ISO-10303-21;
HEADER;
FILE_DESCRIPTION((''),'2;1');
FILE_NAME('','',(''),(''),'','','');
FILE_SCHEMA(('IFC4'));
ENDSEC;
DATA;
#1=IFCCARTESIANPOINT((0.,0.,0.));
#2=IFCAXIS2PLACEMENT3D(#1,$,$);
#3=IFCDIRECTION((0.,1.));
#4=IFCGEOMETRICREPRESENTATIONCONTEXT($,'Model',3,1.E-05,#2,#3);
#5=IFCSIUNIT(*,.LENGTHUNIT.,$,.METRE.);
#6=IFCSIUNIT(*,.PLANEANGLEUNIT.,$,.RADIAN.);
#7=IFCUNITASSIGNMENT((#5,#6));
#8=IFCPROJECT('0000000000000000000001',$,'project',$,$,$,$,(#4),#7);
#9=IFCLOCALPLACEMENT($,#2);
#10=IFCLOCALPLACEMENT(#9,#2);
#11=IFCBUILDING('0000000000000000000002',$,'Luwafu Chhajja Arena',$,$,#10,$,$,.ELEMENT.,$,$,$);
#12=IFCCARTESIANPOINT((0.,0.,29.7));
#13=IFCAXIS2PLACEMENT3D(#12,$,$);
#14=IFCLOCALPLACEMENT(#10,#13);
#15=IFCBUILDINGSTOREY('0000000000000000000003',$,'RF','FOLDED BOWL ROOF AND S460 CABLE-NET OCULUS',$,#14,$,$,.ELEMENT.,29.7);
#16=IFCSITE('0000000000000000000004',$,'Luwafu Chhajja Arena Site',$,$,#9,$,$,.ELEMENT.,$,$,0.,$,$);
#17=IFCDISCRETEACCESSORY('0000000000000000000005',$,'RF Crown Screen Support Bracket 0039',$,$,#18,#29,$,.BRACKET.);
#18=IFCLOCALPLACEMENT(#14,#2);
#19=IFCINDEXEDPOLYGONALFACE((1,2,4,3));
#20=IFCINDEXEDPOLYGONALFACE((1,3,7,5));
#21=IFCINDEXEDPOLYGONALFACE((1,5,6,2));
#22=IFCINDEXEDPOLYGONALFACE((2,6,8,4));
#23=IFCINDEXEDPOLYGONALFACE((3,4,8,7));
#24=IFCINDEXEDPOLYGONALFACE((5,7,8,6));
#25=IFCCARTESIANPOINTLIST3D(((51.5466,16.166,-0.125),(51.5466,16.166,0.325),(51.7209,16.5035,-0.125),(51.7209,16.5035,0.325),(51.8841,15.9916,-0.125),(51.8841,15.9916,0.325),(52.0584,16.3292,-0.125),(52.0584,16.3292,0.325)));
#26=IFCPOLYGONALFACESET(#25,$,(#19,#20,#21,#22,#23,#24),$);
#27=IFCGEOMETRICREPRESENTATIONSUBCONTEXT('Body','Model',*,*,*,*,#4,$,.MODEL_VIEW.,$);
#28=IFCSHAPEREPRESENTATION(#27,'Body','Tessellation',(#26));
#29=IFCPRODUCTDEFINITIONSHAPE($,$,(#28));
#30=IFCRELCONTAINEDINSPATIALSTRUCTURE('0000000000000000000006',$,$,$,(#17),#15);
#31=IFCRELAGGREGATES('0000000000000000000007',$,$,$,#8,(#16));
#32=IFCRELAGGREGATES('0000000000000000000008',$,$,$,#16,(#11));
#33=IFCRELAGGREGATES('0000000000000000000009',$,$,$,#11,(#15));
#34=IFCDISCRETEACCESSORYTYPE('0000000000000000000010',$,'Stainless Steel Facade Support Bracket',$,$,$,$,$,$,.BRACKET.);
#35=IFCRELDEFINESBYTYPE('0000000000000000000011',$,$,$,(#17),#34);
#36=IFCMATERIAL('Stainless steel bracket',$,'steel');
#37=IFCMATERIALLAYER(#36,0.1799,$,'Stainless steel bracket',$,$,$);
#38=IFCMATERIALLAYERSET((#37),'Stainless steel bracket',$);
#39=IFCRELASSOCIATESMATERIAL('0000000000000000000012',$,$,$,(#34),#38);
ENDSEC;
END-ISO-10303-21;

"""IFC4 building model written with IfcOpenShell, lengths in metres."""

from ifc_helpers import new_model, si_unit, direction, frame, origin, origin_2d, place, context, subcontext, project, spatial, rectangle, extrude, material, layer, layer_set, type_object, element, save


model = new_model("IFC4")

# Units and contexts
model_context = context("Model", 3, precision=1e-05, world=origin(), true_north=direction((0.0, 1.0)))
body_context = subcontext(model_context, "Body", "Model", "MODEL_VIEW")
ifc_project = project(units=[si_unit("LENGTHUNIT", "METRE"), si_unit("PLANEANGLEUNIT", "RADIAN")], contexts=[model_context])

# Site, building, storey
site_placement = place(None, origin())
site = spatial("IfcSite", under=ifc_project, at=site_placement, Name="Luwafu Chhajja Arena Site", CompositionType="ELEMENT", RefElevation=0.0)
building_placement = place(site_placement, origin())
building = spatial("IfcBuilding", under=site, at=building_placement, Name="Luwafu Chhajja Arena", CompositionType="ELEMENT")
storey_placement = place(building_placement, frame((0.0, 0.0, 29.7)))
storey = spatial("IfcBuildingStorey", under=building, at=storey_placement, Name="RF", Description="FOLDED BOWL ROOF AND S460 CABLE-NET OCULUS", CompositionType="ELEMENT", Elevation=29.7)

# Discrete accessory
ifc_material_1 = material(Name="Stainless steel bracket", Category="steel")
ifc_layer_1 = layer(ifc_material_1, 0.1799, Name="Stainless steel bracket")
ifc_layer_set_1 = layer_set([ifc_layer_1], Name="Stainless steel bracket")
discrete_accessory_type = type_object("IfcDiscreteAccessoryType", Name="Stainless Steel Facade Support Bracket", PredefinedType="BRACKET", material=ifc_layer_set_1)
discrete_accessory_placement = place(storey_placement, frame((51.8025, 16.2476, -0.125), z_axis=(0.0, 0.0, 1.0), x_axis=(0.888492, -0.458892, 0.0)))
element("IfcDiscreteAccessory", 1, at=discrete_accessory_placement, inside=storey, type_object=discrete_accessory_type, Name="RF Crown Screen Support Bracket 0039", PredefinedType="BRACKET", context=body_context, shape_type="SweptSolid", body=[
    extrude(rectangle(XDim=0.3799, YDim=0.3799, at=origin_2d()), origin(), (0.0, 0.0, 1.0), 0.45),
])

save(model, "model.ifc")
